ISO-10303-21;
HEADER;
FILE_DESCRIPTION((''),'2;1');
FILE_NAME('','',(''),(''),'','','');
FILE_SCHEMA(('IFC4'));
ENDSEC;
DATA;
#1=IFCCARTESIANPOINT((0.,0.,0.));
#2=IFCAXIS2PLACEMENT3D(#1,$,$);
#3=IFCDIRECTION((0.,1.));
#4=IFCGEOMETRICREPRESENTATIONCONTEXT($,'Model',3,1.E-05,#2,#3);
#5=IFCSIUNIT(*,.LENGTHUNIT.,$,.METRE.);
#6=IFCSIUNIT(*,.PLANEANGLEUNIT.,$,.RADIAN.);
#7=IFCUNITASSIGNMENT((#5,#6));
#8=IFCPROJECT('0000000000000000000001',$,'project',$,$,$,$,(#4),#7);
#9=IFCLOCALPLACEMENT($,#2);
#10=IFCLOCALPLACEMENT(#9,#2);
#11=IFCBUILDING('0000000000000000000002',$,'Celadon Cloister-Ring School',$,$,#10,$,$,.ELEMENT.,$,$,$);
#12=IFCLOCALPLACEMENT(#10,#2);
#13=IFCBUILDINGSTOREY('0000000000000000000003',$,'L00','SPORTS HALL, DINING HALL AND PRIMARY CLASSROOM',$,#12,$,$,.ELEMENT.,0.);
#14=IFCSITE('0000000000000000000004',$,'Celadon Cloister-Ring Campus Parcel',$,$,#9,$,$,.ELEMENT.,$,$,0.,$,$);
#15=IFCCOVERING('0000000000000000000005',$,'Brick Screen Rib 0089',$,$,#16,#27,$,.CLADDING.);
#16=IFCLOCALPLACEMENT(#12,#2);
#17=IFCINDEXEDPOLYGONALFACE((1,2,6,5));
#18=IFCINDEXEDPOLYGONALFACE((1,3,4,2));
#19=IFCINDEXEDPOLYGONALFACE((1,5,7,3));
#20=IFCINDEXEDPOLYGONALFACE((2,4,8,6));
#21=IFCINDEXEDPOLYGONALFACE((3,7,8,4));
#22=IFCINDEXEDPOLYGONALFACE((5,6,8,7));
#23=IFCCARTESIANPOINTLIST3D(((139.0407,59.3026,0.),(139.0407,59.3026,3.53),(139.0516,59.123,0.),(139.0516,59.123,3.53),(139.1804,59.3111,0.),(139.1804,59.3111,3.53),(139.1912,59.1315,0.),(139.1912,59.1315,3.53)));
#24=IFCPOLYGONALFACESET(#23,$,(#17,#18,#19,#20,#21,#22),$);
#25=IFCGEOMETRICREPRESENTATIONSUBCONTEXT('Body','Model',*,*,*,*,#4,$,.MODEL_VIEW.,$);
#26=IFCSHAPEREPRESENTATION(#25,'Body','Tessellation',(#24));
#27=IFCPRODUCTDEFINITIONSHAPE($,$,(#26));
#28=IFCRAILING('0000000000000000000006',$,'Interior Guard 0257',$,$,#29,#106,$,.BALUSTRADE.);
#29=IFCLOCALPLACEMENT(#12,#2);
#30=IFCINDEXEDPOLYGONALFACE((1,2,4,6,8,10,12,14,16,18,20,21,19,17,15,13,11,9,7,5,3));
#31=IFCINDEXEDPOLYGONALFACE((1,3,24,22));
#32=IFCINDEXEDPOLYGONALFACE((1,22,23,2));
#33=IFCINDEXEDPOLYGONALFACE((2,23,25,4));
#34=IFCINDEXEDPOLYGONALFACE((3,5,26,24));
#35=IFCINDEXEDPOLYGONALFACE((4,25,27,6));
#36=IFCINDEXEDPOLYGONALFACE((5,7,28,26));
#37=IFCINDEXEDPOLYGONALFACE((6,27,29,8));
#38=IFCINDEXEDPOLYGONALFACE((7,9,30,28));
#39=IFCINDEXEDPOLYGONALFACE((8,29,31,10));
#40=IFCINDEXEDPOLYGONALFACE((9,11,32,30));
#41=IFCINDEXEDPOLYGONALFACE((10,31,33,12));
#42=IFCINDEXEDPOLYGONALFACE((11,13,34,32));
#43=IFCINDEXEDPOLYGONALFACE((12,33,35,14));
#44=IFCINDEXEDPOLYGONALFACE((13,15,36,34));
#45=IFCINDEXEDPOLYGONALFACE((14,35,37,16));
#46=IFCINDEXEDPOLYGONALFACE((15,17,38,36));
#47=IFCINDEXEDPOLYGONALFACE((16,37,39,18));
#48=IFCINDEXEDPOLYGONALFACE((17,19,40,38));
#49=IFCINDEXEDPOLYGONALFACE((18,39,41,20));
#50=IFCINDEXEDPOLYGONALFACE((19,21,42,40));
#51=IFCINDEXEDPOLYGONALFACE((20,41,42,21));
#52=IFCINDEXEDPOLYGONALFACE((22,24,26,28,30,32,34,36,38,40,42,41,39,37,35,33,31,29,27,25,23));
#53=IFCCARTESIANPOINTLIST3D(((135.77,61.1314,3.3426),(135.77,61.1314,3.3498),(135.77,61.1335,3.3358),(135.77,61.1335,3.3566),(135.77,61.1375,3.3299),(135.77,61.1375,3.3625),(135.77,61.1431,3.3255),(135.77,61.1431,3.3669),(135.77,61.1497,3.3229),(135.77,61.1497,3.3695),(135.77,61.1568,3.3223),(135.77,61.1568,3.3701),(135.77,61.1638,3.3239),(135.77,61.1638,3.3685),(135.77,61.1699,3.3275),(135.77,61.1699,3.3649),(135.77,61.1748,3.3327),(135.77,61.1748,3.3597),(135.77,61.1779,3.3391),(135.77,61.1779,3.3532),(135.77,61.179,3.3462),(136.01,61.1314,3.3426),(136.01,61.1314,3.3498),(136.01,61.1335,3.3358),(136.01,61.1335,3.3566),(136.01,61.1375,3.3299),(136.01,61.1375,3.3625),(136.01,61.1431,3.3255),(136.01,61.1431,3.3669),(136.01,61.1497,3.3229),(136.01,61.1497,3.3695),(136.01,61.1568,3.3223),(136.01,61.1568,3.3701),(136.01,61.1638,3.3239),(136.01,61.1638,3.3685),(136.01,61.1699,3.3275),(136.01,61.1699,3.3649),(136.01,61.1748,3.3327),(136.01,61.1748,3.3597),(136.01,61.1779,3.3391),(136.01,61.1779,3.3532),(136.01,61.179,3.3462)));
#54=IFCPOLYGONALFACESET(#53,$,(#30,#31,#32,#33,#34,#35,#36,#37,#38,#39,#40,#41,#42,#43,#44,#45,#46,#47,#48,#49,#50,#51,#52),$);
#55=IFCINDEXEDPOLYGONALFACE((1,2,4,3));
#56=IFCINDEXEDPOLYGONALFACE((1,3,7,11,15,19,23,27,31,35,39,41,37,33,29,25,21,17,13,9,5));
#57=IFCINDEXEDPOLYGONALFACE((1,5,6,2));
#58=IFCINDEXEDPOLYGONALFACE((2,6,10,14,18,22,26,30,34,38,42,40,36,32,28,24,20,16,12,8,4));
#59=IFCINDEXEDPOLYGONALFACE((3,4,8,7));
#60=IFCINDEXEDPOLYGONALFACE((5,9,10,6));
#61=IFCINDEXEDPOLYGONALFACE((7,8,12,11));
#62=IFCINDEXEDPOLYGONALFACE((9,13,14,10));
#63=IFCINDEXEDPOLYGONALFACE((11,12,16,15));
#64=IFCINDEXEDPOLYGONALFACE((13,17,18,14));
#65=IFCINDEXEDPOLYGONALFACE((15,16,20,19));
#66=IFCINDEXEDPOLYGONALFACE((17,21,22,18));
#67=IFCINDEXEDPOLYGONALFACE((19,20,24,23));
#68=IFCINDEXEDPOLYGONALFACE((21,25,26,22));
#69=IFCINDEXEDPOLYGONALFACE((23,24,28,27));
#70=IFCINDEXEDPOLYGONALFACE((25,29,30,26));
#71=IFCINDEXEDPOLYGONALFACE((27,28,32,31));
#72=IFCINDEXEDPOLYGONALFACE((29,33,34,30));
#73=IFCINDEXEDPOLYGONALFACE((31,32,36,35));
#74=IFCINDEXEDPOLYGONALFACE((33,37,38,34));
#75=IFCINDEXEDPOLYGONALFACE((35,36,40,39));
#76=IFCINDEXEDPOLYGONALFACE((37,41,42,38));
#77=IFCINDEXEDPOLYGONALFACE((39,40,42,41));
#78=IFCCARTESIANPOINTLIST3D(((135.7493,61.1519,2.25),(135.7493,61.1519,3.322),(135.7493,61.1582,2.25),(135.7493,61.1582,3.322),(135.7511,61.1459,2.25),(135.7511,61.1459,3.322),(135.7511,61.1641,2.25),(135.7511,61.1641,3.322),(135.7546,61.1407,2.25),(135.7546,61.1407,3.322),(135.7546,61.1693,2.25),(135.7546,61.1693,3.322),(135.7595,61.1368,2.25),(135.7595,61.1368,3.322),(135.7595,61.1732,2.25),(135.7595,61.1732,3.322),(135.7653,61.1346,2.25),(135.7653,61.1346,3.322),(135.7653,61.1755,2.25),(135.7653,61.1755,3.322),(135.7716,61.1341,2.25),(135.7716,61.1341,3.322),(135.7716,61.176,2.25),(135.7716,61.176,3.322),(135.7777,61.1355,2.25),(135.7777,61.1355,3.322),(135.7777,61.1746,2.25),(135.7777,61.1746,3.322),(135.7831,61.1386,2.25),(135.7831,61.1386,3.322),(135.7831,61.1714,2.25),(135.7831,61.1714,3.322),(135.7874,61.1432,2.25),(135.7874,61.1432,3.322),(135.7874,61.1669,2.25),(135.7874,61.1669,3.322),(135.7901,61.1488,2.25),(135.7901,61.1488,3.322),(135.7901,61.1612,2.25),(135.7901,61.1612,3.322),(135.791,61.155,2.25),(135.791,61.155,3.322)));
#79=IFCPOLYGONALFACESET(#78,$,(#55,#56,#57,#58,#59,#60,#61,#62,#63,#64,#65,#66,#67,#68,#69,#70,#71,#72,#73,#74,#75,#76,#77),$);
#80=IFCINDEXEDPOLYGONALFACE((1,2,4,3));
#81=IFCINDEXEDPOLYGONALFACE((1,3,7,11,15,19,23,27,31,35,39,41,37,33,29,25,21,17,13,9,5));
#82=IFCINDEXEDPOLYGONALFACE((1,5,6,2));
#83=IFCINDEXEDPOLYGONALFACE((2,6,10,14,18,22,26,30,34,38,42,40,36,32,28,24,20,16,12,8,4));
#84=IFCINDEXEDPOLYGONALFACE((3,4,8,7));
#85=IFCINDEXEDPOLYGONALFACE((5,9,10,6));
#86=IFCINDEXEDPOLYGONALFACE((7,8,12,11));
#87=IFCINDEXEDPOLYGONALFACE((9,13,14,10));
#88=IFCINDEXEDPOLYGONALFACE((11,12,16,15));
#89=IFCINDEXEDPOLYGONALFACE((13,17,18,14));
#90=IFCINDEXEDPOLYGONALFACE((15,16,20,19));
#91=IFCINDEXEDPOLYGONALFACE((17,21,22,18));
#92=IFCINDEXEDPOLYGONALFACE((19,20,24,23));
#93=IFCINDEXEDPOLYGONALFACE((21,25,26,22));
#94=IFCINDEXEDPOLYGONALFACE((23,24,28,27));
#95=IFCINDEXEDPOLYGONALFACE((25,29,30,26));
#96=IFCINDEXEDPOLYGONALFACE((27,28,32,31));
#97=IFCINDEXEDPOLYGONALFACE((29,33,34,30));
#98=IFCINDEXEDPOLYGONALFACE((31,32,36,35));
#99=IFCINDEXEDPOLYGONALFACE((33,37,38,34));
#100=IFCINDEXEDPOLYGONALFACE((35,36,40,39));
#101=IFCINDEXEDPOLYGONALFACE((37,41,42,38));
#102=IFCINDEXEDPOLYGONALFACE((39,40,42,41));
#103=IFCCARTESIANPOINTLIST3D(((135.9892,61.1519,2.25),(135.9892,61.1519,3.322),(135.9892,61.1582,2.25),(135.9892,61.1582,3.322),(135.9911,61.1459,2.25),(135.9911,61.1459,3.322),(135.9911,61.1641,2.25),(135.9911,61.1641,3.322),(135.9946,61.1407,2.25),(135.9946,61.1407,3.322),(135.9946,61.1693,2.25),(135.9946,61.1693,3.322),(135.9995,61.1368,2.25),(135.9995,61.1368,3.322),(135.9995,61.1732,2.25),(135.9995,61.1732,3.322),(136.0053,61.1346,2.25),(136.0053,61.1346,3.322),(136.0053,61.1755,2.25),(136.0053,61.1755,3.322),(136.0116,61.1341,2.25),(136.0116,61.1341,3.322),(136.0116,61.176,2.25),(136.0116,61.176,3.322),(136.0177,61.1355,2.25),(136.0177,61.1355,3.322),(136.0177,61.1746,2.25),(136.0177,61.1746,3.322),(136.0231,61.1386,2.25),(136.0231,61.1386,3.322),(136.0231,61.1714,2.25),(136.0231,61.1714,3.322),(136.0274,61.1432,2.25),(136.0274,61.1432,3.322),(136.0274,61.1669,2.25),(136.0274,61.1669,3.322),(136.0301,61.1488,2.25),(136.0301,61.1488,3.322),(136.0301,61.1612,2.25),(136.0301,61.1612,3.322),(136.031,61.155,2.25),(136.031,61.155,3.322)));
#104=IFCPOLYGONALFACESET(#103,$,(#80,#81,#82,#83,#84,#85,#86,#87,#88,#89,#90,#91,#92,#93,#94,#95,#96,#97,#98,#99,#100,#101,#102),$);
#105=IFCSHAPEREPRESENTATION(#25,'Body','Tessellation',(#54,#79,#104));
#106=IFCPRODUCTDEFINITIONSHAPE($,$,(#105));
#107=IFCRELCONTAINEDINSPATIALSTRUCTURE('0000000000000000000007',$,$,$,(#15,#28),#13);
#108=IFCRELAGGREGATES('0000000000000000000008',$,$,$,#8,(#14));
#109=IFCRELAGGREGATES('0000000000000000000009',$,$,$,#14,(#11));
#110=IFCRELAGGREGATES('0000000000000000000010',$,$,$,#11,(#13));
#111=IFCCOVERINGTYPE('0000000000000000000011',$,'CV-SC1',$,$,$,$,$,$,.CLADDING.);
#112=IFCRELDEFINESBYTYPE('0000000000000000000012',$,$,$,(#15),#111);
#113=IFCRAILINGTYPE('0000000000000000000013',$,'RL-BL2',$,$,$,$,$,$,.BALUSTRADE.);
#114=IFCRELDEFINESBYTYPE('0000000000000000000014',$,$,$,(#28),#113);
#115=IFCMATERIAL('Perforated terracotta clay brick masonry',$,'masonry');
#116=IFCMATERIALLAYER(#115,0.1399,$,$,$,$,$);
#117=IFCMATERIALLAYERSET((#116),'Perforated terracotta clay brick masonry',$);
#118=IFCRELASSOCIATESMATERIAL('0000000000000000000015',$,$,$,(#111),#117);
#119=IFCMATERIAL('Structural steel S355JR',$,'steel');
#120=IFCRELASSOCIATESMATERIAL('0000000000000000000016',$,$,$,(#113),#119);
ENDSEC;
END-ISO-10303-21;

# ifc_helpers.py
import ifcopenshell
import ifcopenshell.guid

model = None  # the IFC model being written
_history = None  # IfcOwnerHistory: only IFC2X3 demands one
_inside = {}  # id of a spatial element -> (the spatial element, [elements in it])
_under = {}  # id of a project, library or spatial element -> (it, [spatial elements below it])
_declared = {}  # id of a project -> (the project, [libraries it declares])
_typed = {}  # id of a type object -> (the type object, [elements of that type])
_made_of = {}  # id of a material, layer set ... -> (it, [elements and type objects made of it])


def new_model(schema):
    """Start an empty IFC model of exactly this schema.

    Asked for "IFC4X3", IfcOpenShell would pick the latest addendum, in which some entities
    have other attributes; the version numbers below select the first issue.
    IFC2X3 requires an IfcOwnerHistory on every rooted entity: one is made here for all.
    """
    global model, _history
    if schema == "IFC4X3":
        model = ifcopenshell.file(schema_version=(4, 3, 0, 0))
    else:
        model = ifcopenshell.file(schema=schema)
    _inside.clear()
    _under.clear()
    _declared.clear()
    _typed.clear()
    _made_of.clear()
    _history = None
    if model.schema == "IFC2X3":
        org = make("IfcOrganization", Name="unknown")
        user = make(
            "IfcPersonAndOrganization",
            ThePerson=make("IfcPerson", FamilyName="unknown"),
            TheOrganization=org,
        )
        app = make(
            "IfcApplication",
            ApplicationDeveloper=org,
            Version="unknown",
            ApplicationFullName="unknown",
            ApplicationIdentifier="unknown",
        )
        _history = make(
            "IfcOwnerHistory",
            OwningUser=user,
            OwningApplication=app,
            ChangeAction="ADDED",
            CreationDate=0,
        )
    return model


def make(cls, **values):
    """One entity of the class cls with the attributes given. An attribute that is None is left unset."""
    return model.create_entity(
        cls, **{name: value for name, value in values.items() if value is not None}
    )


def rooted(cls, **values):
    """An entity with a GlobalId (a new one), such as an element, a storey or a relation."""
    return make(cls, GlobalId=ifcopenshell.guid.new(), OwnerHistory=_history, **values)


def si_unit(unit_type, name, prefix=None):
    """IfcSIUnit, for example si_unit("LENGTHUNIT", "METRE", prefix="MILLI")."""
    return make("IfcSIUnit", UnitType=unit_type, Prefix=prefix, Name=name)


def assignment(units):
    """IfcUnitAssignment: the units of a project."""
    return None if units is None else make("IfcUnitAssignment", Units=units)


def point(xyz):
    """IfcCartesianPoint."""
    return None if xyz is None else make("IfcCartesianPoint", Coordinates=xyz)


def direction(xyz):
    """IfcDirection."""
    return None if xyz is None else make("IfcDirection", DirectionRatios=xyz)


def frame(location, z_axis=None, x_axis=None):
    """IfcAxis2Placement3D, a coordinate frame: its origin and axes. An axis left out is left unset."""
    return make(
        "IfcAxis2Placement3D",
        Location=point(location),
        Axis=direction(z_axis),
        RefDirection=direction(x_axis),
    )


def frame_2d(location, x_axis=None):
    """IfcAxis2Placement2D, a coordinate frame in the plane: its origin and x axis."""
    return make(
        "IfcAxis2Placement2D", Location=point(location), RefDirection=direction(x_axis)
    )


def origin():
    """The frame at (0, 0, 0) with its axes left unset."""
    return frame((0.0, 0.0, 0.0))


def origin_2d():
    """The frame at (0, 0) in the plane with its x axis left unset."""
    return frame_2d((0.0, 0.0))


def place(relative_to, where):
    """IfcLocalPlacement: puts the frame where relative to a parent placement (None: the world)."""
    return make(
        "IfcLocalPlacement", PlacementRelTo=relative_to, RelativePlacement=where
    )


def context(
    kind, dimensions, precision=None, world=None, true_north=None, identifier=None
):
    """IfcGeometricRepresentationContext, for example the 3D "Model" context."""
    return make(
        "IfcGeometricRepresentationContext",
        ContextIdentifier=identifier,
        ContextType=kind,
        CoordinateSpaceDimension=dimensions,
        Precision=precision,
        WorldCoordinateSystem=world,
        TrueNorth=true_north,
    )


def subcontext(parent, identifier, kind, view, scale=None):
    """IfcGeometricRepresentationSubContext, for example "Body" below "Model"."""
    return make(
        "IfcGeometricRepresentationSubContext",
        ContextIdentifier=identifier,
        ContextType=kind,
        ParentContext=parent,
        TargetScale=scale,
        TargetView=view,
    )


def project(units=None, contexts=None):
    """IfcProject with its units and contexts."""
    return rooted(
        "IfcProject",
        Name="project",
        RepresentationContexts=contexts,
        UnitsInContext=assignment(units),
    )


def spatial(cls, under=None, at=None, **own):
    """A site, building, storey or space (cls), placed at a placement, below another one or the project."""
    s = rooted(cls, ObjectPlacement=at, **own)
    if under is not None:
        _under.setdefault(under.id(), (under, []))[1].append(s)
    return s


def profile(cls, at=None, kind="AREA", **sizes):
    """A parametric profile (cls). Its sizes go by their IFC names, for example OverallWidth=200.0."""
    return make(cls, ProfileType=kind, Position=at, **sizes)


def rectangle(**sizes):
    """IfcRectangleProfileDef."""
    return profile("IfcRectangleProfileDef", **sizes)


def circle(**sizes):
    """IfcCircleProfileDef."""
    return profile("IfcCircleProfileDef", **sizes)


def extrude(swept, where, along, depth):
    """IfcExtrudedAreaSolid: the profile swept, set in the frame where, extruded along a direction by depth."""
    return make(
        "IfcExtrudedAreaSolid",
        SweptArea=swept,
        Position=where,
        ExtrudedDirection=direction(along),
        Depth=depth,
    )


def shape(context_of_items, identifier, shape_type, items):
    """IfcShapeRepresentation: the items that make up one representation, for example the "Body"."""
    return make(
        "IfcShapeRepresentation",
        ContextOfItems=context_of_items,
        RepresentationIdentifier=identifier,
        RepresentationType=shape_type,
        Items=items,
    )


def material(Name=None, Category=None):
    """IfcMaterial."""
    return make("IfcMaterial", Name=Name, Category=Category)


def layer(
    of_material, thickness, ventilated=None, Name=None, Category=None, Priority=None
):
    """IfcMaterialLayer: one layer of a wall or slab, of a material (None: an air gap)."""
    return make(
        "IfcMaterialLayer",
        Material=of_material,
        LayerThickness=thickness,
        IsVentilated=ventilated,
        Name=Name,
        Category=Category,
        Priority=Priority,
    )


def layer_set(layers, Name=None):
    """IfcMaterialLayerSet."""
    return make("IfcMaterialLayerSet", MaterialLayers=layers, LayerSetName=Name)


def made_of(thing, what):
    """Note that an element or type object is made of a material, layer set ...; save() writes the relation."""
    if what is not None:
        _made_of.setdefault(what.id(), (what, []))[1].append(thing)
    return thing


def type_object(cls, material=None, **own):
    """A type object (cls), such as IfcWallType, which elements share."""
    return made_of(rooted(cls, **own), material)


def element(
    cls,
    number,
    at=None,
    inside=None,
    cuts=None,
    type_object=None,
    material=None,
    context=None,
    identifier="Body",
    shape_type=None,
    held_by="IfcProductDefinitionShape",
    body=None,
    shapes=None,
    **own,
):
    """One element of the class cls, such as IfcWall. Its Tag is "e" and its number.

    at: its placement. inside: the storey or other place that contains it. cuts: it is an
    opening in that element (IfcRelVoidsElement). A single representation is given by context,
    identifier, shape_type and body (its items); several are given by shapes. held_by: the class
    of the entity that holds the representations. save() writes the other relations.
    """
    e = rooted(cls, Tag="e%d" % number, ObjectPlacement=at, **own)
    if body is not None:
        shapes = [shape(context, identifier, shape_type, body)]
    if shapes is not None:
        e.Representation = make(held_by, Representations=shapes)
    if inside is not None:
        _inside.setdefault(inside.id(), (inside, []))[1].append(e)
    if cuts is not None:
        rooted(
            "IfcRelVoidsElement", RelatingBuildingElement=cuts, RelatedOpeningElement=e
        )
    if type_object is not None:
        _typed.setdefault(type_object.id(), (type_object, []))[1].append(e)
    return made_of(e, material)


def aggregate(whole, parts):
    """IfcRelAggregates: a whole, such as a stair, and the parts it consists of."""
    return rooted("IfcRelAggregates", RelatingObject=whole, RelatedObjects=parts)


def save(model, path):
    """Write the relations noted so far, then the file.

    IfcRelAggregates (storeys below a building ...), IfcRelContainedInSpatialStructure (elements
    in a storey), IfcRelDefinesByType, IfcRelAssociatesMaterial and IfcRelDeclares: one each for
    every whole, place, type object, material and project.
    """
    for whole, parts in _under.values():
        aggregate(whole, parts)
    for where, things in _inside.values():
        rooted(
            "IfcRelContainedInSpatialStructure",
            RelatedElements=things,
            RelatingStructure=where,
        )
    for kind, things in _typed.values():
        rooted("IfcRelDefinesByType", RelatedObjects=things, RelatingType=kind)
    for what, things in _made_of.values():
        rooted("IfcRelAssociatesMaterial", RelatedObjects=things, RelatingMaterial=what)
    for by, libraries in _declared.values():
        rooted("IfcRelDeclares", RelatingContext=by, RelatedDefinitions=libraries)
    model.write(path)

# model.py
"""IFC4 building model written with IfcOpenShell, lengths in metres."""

from ifc_helpers import new_model, si_unit, direction, frame, origin, origin_2d, place, context, subcontext, project, spatial, rectangle, circle, extrude, material, layer, layer_set, type_object, element, save


model = new_model("IFC4")

# Units and contexts
model_context = context("Model", 3, precision=1e-05, world=origin(), true_north=direction((0.0, 1.0)))
body_context = subcontext(model_context, "Body", "Model", "MODEL_VIEW")
ifc_project = project(units=[si_unit("LENGTHUNIT", "METRE"), si_unit("PLANEANGLEUNIT", "RADIAN")], contexts=[model_context])

# Site, building, storey
site_placement = place(None, origin())
site = spatial("IfcSite", under=ifc_project, at=site_placement, Name="Celadon Cloister-Ring Campus Parcel", CompositionType="ELEMENT", RefElevation=0.0)
building_placement = place(site_placement, origin())
building = spatial("IfcBuilding", under=site, at=building_placement, Name="Celadon Cloister-Ring School", CompositionType="ELEMENT")
storey_placement = place(building_placement, origin())
storey = spatial("IfcBuildingStorey", under=building, at=storey_placement, Name="L00", Description="SPORTS HALL, DINING HALL AND PRIMARY CLASSROOM", CompositionType="ELEMENT", Elevation=0.0)

# Covering
ifc_material_1 = material(Name="Perforated terracotta clay brick masonry", Category="masonry")
ifc_layer_1 = layer(ifc_material_1, 0.1399)
ifc_layer_set_1 = layer_set([ifc_layer_1], Name="Perforated terracotta clay brick masonry")
covering_type = type_object("IfcCoveringType", Name="CV-SC1", PredefinedType="CLADDING", material=ifc_layer_set_1)
for number, where, z_axis, x_axis, name in (
    (1, (139.116, 59.217, 0.0), (0.0, 0.0, 1.0), (0.060282, -0.998181, 0.0), "Brick Screen Rib 0089"),
):
    element("IfcCovering", number, at=place(storey_placement, frame(where, z_axis=z_axis, x_axis=x_axis)), inside=storey, type_object=covering_type, Name=name, PredefinedType="CLADDING", context=body_context, shape_type="SweptSolid", body=[
        extrude(rectangle(XDim=0.1799, YDim=0.1399, at=origin_2d()), origin(), (0.0, 0.0, 1.0), 3.53),
    ])

# Railing
ifc_material_2 = material(Name="Structural steel S355JR", Category="steel")
railing_type_1 = type_object("IfcRailingType", Name="RL-BL2", PredefinedType="BALUSTRADE", material=ifc_material_2)
railing_placement = place(storey_placement, frame((135.77, 61.155, 2.25)))
element("IfcRailing", 2, at=railing_placement, inside=storey, type_object=railing_type_1, Name="Interior Guard 0257", PredefinedType="BALUSTRADE", context=body_context, shape_type="SweptSolid", body=[
    extrude(circle(Radius=0.0239, at=origin_2d()), frame((0.0, 0.0, 1.0962), z_axis=(1.0, 0.0, 0.0), x_axis=(0.0, 1.0, 0.0)), (0.0, 0.0, 1.0), 0.24),
    extrude(circle(Radius=0.021, at=origin_2d()), origin(), (0.0, 0.0, 1.0), 1.072),
    extrude(circle(Radius=0.021, at=origin_2d()), frame((0.24, 0.0, 0.0)), (0.0, 0.0, 1.0), 1.072),
])

save(model, "model.ifc")
